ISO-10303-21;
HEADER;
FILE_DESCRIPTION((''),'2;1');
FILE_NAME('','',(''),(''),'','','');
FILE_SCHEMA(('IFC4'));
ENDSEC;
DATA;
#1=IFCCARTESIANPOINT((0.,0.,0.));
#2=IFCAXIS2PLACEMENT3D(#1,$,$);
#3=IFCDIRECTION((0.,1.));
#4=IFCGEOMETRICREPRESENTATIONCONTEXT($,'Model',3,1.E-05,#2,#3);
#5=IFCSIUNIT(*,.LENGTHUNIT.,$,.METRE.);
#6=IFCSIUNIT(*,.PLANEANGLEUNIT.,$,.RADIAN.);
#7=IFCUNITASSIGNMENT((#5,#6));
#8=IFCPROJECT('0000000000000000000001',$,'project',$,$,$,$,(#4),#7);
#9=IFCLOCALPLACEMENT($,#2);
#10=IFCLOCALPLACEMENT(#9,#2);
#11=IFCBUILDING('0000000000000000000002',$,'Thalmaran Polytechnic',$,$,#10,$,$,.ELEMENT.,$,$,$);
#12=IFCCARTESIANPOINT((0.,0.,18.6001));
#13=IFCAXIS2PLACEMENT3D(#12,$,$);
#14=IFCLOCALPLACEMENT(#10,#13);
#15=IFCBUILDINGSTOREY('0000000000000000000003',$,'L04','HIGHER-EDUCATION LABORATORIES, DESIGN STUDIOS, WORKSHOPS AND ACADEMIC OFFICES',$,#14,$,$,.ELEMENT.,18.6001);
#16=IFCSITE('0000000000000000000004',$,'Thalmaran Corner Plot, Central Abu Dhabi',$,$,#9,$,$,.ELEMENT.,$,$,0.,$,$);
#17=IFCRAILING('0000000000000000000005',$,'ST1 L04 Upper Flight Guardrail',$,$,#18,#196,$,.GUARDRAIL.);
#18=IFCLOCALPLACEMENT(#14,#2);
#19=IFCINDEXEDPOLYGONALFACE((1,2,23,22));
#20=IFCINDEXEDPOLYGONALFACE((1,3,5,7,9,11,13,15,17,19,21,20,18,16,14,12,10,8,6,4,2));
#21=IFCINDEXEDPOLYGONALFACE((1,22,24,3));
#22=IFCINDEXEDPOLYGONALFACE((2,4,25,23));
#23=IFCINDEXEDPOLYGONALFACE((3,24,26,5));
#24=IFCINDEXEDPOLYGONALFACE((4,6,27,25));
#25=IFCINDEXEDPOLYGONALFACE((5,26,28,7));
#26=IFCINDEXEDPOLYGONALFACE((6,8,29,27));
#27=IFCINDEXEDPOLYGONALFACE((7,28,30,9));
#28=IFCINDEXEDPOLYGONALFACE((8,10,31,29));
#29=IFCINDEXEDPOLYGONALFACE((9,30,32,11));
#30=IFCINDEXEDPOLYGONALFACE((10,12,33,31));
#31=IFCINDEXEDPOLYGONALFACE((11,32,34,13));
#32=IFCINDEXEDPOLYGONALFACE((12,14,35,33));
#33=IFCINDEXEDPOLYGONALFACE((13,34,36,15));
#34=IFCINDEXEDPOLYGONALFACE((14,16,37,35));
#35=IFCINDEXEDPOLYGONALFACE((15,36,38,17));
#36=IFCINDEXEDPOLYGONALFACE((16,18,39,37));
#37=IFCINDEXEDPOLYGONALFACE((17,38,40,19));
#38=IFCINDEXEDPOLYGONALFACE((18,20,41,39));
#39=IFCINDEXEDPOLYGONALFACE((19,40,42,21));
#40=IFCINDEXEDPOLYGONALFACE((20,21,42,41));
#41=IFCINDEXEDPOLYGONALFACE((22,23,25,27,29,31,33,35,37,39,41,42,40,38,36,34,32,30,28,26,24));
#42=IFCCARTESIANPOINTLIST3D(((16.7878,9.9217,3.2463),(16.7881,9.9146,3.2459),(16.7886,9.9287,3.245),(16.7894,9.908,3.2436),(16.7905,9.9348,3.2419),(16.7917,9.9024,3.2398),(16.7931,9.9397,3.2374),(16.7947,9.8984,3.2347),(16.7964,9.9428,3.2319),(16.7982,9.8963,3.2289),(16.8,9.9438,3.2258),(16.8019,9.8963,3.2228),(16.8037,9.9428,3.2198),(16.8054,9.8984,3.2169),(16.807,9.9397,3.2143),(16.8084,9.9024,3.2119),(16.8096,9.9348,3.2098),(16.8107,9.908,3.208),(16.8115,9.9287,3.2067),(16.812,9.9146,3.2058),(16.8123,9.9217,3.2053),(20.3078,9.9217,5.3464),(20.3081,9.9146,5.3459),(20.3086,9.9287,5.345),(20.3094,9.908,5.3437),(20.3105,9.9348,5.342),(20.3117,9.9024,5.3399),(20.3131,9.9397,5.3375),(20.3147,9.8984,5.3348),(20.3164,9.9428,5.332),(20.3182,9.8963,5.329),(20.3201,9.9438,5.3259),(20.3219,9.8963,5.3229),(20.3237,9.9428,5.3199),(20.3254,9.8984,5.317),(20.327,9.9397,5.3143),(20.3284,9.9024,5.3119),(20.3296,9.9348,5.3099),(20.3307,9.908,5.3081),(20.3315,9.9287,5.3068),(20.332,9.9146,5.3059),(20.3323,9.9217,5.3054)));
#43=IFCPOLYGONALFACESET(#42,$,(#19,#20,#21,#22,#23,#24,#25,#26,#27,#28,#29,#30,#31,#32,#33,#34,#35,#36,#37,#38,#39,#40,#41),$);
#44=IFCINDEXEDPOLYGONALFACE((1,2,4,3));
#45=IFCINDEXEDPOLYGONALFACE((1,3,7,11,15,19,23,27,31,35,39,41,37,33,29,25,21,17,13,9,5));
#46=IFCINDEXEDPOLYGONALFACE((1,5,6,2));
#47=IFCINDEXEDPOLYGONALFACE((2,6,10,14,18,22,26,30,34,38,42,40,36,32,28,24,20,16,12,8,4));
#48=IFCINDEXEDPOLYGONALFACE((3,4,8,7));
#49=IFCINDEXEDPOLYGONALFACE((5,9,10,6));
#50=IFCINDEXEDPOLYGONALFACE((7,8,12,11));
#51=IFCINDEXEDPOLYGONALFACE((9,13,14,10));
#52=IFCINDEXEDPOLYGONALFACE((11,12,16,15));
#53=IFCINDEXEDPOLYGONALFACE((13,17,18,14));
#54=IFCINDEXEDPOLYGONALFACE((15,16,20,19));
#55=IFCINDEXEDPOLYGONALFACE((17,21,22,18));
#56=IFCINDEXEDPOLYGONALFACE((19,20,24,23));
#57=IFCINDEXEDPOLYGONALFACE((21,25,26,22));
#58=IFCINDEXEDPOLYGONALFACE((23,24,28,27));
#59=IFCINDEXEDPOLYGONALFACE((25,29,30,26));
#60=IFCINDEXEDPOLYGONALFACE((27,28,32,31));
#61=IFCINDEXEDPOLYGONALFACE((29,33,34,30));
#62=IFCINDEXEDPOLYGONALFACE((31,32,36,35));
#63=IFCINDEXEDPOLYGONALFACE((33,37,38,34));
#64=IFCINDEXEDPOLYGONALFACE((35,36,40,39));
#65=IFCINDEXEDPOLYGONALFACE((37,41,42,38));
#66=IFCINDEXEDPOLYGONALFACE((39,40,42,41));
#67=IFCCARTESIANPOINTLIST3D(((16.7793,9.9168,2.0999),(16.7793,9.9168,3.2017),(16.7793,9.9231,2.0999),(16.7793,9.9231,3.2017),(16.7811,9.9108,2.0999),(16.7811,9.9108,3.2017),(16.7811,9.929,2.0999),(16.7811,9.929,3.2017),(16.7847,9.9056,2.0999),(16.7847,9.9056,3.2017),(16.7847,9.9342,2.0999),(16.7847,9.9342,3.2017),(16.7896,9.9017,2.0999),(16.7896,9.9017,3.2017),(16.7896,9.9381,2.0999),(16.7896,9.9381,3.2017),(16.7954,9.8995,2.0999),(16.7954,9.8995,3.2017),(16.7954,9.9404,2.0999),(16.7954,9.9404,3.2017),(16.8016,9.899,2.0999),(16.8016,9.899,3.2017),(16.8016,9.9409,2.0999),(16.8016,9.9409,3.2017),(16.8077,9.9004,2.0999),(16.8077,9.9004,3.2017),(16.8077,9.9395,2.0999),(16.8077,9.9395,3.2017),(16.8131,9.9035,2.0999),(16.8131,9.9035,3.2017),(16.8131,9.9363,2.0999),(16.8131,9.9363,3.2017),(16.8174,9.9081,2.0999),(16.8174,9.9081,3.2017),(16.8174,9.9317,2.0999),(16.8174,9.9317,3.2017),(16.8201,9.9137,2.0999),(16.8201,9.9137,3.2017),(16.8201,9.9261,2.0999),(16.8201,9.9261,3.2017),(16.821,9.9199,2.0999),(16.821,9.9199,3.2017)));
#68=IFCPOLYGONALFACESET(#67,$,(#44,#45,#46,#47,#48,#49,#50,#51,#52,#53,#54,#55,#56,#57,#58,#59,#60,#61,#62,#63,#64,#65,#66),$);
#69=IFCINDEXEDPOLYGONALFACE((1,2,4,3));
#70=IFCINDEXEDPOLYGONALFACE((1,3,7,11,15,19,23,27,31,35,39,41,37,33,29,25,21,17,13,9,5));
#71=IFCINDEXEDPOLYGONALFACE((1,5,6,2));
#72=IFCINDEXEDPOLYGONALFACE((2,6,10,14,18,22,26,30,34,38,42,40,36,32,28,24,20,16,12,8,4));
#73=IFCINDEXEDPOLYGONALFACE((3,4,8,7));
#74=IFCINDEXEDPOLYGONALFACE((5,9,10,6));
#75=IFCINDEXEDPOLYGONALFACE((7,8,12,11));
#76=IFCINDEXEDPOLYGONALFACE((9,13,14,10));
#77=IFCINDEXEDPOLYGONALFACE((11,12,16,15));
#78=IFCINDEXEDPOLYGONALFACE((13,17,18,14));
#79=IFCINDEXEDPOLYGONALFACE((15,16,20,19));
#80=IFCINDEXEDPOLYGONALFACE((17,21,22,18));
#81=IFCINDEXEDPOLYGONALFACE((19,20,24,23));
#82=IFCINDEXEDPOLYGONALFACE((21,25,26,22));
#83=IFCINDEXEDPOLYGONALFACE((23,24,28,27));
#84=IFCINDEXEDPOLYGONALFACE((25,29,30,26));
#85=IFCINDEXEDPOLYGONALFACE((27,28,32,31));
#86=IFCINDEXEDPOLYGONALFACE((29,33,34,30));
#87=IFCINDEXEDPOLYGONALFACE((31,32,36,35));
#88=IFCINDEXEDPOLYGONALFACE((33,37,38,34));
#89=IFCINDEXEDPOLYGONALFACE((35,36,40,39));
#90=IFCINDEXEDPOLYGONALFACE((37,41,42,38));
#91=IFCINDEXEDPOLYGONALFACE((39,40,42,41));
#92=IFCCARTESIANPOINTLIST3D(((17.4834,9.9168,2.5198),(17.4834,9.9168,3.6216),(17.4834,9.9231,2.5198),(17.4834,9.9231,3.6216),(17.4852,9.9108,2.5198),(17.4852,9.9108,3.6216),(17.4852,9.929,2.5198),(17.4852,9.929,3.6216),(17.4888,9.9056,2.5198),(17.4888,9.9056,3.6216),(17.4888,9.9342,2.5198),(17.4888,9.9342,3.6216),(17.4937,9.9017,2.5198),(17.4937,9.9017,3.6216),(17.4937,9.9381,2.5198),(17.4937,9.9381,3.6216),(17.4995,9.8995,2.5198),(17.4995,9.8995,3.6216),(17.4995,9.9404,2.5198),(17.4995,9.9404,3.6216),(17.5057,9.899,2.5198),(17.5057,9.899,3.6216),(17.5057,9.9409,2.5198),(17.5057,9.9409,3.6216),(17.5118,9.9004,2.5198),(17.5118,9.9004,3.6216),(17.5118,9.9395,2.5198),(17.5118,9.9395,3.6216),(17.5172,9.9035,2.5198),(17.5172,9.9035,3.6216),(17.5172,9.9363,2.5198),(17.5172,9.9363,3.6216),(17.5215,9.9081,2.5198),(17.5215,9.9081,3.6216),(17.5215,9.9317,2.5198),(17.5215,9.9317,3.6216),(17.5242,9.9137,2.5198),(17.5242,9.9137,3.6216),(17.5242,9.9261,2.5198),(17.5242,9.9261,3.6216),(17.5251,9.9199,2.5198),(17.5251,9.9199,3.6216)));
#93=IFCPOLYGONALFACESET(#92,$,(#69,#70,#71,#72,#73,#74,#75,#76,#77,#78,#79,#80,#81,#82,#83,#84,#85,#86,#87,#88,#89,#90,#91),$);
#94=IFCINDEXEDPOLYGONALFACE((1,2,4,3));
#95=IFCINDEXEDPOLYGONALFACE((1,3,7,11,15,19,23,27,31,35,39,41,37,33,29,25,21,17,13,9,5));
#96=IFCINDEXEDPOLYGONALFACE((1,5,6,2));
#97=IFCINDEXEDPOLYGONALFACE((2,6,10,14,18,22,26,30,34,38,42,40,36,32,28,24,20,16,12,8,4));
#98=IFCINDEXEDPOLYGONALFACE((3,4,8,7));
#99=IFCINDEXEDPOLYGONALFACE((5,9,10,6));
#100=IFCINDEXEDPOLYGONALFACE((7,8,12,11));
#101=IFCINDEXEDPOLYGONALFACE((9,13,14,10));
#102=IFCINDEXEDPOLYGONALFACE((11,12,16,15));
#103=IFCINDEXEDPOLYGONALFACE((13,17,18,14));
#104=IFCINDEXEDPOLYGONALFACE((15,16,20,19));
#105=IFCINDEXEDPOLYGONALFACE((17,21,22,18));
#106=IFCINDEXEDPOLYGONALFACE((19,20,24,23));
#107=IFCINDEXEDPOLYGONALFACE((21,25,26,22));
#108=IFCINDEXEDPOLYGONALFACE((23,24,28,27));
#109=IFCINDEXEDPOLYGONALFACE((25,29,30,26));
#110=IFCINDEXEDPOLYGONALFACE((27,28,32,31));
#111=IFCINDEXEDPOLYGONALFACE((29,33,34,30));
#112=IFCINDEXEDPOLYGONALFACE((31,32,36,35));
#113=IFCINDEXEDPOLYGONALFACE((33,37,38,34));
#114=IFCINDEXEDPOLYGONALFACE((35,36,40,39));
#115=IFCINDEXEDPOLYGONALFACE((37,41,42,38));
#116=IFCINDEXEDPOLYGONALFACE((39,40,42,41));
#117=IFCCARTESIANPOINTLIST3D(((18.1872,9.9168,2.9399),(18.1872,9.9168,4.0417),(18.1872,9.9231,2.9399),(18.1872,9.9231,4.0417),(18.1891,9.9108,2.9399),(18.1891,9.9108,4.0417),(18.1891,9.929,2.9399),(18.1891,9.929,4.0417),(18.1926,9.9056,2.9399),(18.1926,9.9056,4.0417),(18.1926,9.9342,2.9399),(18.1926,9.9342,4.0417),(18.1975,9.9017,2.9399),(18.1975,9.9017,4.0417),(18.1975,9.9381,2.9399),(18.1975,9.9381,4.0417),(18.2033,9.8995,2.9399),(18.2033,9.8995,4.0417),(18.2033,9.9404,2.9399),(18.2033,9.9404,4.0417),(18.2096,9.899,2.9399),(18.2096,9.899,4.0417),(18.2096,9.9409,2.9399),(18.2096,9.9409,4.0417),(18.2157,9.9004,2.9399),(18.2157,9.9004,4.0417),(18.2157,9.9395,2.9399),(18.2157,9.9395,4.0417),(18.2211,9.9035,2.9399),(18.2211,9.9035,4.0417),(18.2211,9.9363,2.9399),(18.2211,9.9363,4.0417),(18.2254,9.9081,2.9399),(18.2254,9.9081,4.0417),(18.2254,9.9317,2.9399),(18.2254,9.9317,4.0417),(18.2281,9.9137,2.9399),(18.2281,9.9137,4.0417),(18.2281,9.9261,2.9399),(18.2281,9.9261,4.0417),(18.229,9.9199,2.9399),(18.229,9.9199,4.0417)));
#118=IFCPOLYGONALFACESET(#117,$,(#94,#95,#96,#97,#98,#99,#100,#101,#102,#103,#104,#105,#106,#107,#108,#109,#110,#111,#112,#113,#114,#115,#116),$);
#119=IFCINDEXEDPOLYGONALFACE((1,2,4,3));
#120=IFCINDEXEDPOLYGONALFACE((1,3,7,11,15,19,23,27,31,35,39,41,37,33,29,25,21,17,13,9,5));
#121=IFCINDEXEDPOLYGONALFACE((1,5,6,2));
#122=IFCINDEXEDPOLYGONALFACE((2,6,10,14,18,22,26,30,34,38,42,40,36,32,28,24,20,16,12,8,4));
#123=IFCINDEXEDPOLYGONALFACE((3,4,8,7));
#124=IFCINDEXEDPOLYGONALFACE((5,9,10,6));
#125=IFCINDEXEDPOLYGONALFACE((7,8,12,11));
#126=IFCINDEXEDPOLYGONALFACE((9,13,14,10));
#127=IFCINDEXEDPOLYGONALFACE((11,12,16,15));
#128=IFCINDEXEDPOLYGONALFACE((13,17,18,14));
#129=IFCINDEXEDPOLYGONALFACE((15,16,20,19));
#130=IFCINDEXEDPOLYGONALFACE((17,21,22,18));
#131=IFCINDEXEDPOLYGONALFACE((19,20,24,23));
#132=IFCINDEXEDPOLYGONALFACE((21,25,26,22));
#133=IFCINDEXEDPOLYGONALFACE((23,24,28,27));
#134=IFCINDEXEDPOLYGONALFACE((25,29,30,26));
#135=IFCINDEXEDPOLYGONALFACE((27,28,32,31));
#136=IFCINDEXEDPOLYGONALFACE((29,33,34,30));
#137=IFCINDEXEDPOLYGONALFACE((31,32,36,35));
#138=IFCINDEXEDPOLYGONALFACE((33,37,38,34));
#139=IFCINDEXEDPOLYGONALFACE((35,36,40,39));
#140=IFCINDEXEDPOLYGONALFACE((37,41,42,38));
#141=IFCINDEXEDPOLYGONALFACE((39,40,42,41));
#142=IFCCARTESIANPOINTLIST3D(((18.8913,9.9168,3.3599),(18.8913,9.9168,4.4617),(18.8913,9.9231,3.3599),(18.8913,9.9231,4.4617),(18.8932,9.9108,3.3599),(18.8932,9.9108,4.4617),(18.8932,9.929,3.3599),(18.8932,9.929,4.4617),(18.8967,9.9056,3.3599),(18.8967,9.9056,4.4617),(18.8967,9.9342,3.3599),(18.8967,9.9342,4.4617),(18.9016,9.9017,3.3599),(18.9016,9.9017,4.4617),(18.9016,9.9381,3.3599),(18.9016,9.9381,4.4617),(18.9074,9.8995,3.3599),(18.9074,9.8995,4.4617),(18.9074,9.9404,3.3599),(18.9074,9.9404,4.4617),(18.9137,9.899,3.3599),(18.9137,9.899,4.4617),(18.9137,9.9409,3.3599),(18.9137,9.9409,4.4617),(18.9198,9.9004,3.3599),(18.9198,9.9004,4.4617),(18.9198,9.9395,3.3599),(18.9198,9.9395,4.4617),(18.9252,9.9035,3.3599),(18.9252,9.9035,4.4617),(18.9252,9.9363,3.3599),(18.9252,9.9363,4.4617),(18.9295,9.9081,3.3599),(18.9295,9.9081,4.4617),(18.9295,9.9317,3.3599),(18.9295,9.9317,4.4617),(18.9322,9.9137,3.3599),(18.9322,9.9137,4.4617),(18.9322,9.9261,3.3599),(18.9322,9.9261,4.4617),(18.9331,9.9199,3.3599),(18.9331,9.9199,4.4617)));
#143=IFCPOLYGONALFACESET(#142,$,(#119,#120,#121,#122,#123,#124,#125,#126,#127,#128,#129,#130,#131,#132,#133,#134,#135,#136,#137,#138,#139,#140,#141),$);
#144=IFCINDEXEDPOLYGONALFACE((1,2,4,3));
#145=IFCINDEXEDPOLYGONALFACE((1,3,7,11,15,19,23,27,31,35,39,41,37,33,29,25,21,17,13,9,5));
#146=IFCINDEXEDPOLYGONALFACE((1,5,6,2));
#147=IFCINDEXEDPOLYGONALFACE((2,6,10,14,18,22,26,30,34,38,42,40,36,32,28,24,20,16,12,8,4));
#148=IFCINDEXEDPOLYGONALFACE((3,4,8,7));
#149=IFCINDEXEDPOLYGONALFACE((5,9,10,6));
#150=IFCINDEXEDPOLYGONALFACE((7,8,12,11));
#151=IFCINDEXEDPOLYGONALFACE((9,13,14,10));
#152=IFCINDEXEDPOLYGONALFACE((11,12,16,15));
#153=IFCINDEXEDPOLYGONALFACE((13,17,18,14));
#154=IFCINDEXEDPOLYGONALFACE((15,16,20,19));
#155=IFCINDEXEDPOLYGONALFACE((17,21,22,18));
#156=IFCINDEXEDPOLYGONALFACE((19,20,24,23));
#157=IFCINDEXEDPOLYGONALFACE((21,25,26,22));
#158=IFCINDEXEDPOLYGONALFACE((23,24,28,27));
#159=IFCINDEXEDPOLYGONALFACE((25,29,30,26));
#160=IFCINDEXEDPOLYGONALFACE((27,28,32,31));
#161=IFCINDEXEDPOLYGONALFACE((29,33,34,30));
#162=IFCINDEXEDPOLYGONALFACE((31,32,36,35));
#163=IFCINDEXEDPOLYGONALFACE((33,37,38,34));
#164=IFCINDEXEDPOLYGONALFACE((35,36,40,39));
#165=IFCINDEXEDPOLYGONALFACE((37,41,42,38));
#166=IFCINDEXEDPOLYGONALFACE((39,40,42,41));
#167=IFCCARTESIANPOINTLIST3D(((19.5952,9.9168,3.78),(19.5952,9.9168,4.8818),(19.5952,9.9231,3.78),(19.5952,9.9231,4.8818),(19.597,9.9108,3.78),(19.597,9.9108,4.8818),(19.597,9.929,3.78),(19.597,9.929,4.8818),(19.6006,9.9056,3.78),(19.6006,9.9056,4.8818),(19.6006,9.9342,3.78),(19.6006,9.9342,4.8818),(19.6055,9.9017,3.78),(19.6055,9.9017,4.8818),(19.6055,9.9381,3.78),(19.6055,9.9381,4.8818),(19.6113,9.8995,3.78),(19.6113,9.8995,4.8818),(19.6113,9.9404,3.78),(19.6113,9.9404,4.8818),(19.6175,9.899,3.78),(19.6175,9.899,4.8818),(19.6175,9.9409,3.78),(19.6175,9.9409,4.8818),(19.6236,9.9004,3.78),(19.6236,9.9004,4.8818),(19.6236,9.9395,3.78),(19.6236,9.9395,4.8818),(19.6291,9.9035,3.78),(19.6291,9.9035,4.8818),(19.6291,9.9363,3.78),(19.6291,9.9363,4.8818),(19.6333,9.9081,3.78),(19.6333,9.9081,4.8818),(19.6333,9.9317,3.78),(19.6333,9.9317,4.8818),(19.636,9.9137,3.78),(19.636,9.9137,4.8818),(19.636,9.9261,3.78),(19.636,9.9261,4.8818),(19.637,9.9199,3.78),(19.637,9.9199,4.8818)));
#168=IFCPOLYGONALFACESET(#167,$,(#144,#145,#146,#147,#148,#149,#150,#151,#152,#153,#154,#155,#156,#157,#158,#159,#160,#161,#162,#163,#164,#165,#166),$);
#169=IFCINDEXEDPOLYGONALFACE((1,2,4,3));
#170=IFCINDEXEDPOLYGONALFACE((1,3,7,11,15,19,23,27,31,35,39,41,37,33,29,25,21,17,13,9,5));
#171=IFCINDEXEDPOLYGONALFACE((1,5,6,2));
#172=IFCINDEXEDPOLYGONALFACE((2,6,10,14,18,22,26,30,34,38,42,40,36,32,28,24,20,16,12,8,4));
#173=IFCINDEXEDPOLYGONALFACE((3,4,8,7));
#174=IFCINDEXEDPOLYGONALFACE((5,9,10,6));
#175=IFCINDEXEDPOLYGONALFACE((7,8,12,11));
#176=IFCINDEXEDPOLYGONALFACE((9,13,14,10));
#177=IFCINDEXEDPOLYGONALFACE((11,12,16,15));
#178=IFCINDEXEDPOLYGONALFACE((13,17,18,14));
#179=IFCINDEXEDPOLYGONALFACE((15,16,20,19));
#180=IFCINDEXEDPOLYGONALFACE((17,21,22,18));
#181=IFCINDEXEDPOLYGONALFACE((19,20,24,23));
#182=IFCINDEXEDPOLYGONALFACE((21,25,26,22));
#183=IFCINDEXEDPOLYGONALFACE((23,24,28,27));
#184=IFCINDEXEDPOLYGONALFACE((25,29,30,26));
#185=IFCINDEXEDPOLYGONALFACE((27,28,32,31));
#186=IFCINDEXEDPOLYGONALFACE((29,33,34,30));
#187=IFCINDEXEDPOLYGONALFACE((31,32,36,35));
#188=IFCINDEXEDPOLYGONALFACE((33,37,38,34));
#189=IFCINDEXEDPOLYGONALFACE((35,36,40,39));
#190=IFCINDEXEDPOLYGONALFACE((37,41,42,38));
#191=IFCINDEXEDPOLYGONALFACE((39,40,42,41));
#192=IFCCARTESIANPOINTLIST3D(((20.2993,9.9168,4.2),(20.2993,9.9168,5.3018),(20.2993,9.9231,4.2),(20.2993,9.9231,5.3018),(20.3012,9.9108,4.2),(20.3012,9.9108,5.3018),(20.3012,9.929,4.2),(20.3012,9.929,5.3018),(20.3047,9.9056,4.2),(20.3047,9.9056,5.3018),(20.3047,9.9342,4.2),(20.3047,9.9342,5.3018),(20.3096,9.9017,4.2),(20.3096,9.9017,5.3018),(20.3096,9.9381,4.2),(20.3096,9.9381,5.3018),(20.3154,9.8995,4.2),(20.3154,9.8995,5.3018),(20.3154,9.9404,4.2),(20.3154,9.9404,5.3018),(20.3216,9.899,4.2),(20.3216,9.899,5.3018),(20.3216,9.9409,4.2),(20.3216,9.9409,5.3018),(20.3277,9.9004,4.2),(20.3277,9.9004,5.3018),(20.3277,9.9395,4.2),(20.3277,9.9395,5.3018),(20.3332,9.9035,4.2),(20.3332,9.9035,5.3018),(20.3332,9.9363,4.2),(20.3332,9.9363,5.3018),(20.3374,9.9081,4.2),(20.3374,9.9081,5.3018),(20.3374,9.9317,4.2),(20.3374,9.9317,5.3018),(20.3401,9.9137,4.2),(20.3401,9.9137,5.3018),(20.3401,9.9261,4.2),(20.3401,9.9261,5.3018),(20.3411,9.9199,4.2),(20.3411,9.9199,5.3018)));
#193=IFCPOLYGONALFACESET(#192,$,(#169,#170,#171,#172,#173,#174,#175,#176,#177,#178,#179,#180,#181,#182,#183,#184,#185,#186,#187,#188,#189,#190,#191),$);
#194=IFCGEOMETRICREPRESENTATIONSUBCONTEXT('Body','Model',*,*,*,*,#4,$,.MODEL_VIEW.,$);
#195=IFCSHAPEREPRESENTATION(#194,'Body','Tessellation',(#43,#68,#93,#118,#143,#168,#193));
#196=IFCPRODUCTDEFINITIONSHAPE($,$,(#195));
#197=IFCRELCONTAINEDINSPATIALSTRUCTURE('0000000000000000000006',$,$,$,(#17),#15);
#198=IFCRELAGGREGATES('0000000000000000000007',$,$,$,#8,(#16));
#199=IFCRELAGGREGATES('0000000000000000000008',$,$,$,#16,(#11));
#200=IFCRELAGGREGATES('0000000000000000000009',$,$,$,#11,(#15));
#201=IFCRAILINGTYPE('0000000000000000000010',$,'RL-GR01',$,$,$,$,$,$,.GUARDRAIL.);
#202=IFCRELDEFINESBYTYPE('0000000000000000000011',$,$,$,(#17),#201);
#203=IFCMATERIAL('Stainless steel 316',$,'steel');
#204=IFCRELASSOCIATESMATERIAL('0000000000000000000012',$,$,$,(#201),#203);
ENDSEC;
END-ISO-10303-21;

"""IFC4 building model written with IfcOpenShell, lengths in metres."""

from ifc_helpers import new_model, si_unit, direction, frame, origin, origin_2d, place, context, subcontext, project, spatial, circle, extrude, material, type_object, element, save


model = new_model("IFC4")

# Units and contexts
model_context = context("Model", 3, precision=1e-05, world=origin(), true_north=direction((0.0, 1.0)))
body_context = subcontext(model_context, "Body", "Model", "MODEL_VIEW")
ifc_project = project(units=[si_unit("LENGTHUNIT", "METRE"), si_unit("PLANEANGLEUNIT", "RADIAN")], contexts=[model_context])

# Site, building, storey
site_placement = place(None, origin())
site = spatial("IfcSite", under=ifc_project, at=site_placement, Name="Thalmaran Corner Plot, Central Abu Dhabi", CompositionType="ELEMENT", RefElevation=0.0)
building_placement = place(site_placement, origin())
building = spatial("IfcBuilding", under=site, at=building_placement, Name="Thalmaran Polytechnic", CompositionType="ELEMENT")
storey_placement = place(building_placement, frame((0.0, 0.0, 18.6001)))
storey = spatial("IfcBuildingStorey", under=building, at=storey_placement, Name="L04", Description="HIGHER-EDUCATION LABORATORIES, DESIGN STUDIOS, WORKSHOPS AND ACADEMIC OFFICES", CompositionType="ELEMENT", Elevation=18.6001)

# Railing
ifc_material_1 = material(Name="Stainless steel 316", Category="steel")
railing_type_1 = type_object("IfcRailingType", Name="RL-GR01", PredefinedType="GUARDRAIL", material=ifc_material_1)
railing_1_placement = place(storey_placement, frame((16.8, 9.9199, 2.0999)))
element("IfcRailing", 1, at=railing_1_placement, inside=storey, type_object=railing_type_1, Name="ST1 L04 Upper Flight Guardrail", PredefinedType="GUARDRAIL", context=body_context, shape_type="SweptSolid", body=[
    extrude(circle(Radius=0.0239, at=origin_2d()), frame((0.0, 0.0, 1.126), z_axis=(0.858773, 0.0, 0.512357), x_axis=(0.0, 1.0, 0.0)), (0.0, 0.0, 1.0), 4.0989),
    extrude(circle(Radius=0.021, at=origin_2d()), origin(), (0.0, 0.0, 1.0), 1.1018),
    extrude(circle(Radius=0.021, at=origin_2d()), frame((0.7041, 0.0, 0.4199)), (0.0, 0.0, 1.0), 1.1018),
    extrude(circle(Radius=0.021, at=origin_2d()), frame((1.408, 0.0, 0.8401)), (0.0, 0.0, 1.0), 1.1018),
    extrude(circle(Radius=0.021, at=origin_2d()), frame((2.1121, 0.0, 1.26)), (0.0, 0.0, 1.0), 1.1018),
    extrude(circle(Radius=0.021, at=origin_2d()), frame((2.8159, 0.0, 1.6802)), (0.0, 0.0, 1.0), 1.1018),
    extrude(circle(Radius=0.021, at=origin_2d()), frame((3.52, 0.0, 2.1001)), (0.0, 0.0, 1.0), 1.1018),
])

save(model, "model.ifc")
